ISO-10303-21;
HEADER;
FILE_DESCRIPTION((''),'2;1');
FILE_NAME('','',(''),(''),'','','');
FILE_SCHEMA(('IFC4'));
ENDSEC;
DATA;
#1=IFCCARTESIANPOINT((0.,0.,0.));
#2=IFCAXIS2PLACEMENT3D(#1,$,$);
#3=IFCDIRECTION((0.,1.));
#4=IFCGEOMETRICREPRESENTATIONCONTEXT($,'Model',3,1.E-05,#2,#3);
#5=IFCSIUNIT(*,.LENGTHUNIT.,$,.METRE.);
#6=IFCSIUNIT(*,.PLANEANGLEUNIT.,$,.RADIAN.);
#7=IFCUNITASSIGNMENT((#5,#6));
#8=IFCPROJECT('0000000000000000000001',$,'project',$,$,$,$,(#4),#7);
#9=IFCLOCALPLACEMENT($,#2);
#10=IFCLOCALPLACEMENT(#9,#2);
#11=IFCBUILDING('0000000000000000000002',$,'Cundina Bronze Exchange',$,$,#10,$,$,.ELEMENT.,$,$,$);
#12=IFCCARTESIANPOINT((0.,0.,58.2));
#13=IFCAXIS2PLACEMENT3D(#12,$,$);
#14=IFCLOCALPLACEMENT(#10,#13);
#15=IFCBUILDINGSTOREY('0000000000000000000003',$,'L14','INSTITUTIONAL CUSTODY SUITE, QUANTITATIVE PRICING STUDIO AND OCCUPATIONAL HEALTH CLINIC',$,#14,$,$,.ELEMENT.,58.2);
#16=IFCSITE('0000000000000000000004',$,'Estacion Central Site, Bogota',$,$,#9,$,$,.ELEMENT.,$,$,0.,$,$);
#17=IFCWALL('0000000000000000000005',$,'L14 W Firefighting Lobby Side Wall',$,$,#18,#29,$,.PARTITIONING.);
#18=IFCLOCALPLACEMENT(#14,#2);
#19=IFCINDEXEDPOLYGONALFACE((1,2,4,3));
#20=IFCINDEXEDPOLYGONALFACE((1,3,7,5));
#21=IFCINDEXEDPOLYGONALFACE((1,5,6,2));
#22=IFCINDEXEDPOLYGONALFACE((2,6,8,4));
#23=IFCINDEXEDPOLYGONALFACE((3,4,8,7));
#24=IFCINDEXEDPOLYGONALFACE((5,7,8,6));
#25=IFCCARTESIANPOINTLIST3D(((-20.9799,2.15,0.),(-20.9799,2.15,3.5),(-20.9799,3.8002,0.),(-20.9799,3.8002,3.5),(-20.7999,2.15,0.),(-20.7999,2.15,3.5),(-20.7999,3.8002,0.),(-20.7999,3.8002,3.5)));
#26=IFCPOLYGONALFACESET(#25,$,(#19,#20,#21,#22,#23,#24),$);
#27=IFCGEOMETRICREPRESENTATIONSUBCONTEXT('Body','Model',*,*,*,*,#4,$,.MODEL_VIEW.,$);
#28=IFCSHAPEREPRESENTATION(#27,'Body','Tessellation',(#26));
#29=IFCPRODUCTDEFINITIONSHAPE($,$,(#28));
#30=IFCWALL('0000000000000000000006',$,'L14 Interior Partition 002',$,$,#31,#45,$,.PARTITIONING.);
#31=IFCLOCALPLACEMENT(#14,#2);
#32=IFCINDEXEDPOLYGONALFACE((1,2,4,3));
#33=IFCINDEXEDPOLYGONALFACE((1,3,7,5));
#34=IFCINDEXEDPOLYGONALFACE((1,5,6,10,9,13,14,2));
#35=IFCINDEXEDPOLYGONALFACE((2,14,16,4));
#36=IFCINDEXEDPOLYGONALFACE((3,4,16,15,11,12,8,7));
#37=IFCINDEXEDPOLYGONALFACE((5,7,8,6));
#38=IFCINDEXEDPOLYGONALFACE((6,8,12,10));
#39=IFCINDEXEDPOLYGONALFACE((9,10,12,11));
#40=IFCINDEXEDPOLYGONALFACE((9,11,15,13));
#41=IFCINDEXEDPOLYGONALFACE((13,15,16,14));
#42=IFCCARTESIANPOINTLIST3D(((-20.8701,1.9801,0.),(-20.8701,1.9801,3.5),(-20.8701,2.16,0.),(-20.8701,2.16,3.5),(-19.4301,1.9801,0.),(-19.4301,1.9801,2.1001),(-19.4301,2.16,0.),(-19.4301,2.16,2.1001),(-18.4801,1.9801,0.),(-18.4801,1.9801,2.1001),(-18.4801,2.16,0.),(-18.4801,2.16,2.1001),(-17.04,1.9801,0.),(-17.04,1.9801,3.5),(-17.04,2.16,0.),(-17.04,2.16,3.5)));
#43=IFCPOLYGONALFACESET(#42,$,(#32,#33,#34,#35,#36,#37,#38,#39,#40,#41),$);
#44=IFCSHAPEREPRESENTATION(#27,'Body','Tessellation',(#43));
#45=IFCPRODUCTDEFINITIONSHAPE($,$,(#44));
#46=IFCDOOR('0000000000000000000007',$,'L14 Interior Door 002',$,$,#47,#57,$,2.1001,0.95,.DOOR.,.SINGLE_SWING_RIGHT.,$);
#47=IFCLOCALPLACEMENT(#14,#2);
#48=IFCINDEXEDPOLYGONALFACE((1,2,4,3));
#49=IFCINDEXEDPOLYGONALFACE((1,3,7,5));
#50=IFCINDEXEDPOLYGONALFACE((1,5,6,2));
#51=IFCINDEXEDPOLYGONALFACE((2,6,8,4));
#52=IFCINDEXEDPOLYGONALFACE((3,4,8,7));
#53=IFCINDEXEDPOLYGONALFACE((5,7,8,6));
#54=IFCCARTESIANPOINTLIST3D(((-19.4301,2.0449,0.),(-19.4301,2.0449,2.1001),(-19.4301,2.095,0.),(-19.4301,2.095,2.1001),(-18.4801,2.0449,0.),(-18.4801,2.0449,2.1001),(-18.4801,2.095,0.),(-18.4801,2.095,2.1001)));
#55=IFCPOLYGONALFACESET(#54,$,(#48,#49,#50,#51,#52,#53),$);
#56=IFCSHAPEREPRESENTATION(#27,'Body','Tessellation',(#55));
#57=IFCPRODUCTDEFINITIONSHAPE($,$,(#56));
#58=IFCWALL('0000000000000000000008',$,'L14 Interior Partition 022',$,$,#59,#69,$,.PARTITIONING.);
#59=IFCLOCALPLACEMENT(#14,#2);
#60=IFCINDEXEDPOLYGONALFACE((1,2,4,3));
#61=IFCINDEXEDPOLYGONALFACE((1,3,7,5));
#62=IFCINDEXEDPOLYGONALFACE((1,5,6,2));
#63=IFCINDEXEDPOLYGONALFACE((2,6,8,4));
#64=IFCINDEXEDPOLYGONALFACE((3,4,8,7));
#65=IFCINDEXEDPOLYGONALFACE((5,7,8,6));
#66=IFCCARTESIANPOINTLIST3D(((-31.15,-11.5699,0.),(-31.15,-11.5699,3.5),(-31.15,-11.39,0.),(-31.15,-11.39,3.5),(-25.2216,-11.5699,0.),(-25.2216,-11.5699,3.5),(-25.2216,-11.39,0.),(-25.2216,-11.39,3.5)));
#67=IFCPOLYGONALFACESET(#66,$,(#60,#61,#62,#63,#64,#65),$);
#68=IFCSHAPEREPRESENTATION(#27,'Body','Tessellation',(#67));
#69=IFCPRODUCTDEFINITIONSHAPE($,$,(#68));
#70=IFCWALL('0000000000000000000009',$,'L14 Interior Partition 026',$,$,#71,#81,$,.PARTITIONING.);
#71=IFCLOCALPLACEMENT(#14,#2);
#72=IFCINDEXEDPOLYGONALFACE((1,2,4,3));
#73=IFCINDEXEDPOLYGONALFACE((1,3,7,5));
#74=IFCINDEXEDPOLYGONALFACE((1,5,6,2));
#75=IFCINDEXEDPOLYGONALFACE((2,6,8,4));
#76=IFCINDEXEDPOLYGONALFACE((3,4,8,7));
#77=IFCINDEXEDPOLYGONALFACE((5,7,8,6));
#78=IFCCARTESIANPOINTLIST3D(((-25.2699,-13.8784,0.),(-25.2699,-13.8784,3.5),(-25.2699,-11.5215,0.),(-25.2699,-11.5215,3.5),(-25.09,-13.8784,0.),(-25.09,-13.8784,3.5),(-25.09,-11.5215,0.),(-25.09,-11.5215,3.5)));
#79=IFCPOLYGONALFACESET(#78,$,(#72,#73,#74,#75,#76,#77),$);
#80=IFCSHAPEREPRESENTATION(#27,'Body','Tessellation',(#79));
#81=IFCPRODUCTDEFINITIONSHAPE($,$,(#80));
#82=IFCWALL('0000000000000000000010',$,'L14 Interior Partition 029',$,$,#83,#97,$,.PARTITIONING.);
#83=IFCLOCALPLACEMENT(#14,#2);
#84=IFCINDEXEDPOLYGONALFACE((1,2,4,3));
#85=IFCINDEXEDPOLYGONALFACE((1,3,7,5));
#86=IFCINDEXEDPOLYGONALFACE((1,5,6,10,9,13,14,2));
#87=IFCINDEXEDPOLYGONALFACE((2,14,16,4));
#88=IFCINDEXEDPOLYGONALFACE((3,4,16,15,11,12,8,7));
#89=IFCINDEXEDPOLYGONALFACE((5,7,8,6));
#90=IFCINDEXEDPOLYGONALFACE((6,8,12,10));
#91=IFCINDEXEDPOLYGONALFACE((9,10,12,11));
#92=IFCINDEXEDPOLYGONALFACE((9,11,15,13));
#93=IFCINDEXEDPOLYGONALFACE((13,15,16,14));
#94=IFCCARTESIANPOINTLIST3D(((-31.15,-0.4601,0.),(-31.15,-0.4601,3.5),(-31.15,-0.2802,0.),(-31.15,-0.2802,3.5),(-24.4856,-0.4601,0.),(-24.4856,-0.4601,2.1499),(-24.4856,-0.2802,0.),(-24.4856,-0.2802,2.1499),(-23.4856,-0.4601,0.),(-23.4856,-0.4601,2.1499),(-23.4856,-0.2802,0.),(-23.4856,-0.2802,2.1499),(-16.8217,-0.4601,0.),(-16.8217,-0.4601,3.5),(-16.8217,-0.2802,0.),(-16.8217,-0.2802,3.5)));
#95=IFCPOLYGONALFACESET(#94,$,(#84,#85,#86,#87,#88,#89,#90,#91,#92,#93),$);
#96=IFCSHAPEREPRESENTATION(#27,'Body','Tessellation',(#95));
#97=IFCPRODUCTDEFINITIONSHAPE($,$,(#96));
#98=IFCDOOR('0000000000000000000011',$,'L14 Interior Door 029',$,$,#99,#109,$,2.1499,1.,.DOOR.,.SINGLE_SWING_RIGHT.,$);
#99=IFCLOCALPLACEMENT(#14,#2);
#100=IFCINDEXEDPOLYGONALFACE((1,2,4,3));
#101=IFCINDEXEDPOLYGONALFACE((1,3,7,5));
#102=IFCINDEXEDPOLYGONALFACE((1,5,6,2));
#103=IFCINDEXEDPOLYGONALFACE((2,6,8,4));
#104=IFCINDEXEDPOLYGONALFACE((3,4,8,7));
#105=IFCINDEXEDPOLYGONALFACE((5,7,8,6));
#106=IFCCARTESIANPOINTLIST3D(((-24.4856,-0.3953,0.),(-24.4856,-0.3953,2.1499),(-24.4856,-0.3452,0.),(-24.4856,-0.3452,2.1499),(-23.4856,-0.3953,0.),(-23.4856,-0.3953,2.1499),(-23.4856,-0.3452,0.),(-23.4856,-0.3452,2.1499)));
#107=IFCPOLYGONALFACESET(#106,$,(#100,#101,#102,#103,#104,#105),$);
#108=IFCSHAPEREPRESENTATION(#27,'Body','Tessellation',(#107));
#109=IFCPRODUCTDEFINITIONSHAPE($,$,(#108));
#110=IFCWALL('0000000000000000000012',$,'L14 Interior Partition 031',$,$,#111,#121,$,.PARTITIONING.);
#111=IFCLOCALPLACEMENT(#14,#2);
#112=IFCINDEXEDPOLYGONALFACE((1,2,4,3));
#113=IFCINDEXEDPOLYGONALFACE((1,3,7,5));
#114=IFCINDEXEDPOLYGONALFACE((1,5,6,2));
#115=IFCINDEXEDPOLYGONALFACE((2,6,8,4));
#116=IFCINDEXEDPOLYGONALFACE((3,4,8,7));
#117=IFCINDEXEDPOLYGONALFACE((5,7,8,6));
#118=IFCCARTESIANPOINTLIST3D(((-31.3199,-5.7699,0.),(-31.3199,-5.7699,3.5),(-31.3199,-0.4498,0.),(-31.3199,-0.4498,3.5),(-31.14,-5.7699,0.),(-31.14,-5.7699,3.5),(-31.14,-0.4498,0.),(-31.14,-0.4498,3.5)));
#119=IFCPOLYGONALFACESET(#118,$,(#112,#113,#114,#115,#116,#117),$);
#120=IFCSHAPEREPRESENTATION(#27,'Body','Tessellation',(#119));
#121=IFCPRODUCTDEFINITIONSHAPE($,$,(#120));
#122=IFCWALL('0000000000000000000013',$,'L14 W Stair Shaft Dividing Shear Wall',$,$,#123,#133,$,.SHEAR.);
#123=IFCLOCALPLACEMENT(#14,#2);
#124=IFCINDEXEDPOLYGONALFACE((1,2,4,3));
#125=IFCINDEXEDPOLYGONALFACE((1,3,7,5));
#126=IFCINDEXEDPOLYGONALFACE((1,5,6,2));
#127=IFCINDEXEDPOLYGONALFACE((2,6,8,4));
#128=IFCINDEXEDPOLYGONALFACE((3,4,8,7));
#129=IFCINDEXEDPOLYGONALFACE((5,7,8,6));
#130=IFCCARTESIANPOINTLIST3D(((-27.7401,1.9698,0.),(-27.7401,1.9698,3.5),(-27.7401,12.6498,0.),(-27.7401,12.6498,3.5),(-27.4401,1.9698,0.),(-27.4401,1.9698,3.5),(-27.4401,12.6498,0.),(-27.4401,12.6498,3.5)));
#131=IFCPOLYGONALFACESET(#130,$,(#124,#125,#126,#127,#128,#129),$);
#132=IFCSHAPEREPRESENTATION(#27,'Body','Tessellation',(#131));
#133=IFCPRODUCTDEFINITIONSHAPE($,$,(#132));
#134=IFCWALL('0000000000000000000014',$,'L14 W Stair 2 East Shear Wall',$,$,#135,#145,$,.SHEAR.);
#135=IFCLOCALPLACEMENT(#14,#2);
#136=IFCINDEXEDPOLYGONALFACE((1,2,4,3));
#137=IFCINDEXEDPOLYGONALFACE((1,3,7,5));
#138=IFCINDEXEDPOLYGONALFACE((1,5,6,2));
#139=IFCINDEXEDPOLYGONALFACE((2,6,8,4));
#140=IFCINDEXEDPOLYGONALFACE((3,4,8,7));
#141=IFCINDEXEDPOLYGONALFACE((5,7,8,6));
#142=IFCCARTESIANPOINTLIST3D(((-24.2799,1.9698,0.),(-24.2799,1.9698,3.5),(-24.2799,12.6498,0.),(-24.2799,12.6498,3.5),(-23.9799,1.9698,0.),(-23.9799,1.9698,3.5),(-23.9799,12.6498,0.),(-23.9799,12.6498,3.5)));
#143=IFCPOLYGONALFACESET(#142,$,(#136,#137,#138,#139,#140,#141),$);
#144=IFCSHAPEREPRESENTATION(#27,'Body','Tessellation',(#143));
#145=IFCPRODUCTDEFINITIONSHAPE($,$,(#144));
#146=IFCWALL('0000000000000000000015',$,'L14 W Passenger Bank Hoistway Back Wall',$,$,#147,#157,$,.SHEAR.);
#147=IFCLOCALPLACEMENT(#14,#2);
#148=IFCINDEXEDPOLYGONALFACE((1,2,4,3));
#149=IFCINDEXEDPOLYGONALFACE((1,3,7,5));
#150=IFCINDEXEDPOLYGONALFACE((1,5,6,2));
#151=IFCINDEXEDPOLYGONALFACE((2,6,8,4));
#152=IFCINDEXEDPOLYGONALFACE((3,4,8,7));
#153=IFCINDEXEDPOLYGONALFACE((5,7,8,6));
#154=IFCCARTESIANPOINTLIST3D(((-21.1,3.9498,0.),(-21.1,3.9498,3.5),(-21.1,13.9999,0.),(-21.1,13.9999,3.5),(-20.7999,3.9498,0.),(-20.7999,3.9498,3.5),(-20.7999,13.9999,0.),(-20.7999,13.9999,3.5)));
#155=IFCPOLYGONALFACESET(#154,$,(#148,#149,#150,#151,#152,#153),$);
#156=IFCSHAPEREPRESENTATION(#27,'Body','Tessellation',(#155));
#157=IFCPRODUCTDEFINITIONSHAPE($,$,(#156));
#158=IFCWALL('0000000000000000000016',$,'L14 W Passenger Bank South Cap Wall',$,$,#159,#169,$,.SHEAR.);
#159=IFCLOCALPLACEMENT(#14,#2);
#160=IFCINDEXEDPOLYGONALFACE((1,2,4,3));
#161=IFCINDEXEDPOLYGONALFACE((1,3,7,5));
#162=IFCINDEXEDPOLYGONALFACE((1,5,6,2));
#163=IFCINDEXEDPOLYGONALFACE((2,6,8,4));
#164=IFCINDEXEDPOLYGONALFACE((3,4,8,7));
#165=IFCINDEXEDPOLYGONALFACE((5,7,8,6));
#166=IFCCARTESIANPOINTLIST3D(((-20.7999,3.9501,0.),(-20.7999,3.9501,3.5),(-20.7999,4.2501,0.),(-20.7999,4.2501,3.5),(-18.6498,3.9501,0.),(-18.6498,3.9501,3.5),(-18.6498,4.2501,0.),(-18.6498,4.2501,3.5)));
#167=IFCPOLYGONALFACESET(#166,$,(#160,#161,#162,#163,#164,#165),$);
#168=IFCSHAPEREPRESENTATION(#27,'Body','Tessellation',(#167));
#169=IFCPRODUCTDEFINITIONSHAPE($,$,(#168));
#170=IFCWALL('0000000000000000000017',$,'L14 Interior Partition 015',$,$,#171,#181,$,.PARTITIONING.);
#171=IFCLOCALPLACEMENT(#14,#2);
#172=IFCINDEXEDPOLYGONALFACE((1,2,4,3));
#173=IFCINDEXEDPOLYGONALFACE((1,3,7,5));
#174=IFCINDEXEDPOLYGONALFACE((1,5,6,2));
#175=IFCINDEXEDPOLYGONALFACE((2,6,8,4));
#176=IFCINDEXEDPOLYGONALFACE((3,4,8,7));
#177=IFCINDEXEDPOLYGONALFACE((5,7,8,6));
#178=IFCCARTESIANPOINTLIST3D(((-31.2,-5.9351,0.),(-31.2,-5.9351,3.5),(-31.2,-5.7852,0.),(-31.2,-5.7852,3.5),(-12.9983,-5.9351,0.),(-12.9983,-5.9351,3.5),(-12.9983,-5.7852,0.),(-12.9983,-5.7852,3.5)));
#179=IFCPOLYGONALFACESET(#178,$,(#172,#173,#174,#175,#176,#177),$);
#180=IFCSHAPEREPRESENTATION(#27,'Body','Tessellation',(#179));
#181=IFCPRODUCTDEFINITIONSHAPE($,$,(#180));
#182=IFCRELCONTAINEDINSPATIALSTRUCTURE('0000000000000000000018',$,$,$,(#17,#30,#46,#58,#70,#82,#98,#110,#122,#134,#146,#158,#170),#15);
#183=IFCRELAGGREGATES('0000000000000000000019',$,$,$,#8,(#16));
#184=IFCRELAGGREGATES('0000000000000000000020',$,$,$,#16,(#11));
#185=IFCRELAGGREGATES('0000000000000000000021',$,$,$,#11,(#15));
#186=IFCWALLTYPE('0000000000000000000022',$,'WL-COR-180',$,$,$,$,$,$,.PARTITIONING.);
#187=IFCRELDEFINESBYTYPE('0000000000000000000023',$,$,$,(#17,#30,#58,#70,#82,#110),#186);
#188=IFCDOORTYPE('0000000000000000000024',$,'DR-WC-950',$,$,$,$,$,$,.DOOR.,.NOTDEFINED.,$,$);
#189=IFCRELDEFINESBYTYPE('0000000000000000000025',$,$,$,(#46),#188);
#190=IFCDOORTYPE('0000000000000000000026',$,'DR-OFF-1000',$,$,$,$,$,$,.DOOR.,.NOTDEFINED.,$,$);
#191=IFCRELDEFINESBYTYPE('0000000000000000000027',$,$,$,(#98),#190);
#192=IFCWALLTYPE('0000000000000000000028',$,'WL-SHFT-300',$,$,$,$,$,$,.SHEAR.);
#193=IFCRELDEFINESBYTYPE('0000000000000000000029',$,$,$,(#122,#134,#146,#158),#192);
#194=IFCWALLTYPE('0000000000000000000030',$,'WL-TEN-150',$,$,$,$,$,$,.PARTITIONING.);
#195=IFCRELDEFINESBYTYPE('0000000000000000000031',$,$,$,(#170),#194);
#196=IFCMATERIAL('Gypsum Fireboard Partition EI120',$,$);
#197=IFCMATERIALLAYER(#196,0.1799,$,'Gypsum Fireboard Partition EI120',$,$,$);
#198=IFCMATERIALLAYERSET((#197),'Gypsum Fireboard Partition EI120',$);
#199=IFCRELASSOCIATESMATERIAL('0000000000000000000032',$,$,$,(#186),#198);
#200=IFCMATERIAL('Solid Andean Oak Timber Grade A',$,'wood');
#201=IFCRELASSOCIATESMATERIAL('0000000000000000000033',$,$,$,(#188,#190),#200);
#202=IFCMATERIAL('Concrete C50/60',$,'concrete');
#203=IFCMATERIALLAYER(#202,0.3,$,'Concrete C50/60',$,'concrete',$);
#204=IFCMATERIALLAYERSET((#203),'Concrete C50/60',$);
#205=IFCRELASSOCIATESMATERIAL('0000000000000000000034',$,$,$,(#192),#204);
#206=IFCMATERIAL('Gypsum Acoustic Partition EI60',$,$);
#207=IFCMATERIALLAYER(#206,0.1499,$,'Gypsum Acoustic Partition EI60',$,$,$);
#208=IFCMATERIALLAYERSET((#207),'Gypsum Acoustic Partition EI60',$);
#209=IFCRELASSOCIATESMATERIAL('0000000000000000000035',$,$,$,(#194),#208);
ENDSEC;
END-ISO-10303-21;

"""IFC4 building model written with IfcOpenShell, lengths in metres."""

from ifc_helpers import new_model, si_unit, direction, frame, frame_2d, origin, place, context, subcontext, project, spatial, rectangle, extrude, material, layer, layer_set, type_object, element, fill, save


model = new_model("IFC4")

# Units and contexts
model_context = context("Model", 3, precision=1e-05, world=origin(), true_north=direction((0.0, 1.0)))
body_context = subcontext(model_context, "Body", "Model", "MODEL_VIEW")
ifc_project = project(units=[si_unit("LENGTHUNIT", "METRE"), si_unit("PLANEANGLEUNIT", "RADIAN")], contexts=[model_context])

# Site, building, storey
site_placement = place(None, origin())
site = spatial("IfcSite", under=ifc_project, at=site_placement, Name="Estacion Central Site, Bogota", CompositionType="ELEMENT", RefElevation=0.0)
building_placement = place(site_placement, origin())
building = spatial("IfcBuilding", under=site, at=building_placement, Name="Cundina Bronze Exchange", CompositionType="ELEMENT")
storey_placement = place(building_placement, frame((0.0, 0.0, 58.2)))
storey = spatial("IfcBuildingStorey", under=building, at=storey_placement, Name="L14", Description="INSTITUTIONAL CUSTODY SUITE, QUANTITATIVE PRICING STUDIO AND OCCUPATIONAL HEALTH CLINIC", CompositionType="ELEMENT", Elevation=58.2)

# Wall
ifc_material_1 = material(Name="Gypsum Fireboard Partition EI120")
ifc_layer_1 = layer(ifc_material_1, 0.1799, Name="Gypsum Fireboard Partition EI120")
ifc_layer_set_1 = layer_set([ifc_layer_1], Name="Gypsum Fireboard Partition EI120")
wall_type_1 = type_object("IfcWallType", Name="WL-COR-180", PredefinedType="PARTITIONING", material=ifc_layer_set_1)
wall_1_placement = place(storey_placement, frame((-20.8899, 2.1499, 0.0), z_axis=(0.0, 0.0, 1.0), x_axis=(0.0, 1.0, 0.0)))
element("IfcWall", 1, at=wall_1_placement, inside=storey, type_object=wall_type_1, Name="L14 W Firefighting Lobby Side Wall", PredefinedType="PARTITIONING", context=body_context, shape_type="SweptSolid", body=[
    extrude(rectangle(XDim=1.6501, YDim=0.1799, at=frame_2d((0.8252, 0.0))), origin(), (0.0, 0.0, 1.0), 3.5),
])

# Wall, opening, door
wall_2_placement = place(storey_placement, frame((-20.8701, 2.0701, 0.0), z_axis=(0.0, 0.0, 1.0), x_axis=(1.0, 0.0, 0.0)))
wall_2 = element("IfcWall", 2, at=wall_2_placement, inside=storey, type_object=wall_type_1, Name="L14 Interior Partition 002", PredefinedType="PARTITIONING", context=body_context, shape_type="SweptSolid", body=[
    extrude(rectangle(XDim=3.8301, YDim=0.1799, at=frame_2d((1.915, 0.0))), origin(), (0.0, 0.0, 1.0), 3.5),
])
opening_1_placement = place(wall_2_placement, frame((1.4399, 0.0, 0.0)))
opening_1 = element("IfcOpeningElement", 3, at=opening_1_placement, cuts=wall_2, PredefinedType="OPENING", context=body_context, shape_type="SweptSolid", body=[
    extrude(rectangle(XDim=0.95, YDim=2.1001, at=frame_2d((0.4751, 1.05))), frame((0.0, 0.0999, 0.0), z_axis=(0.0, -1.0, 0.0), x_axis=(1.0, 0.0, 0.0)), (0.0, 0.0, 1.0), 0.2),
])
ifc_material_2 = material(Name="Solid Andean Oak Timber Grade A", Category="wood")
door_type_1 = type_object("IfcDoorType", Name="DR-WC-950", OperationType="NOTDEFINED", PredefinedType="DOOR", material=ifc_material_2)
door_1_placement = place(opening_1_placement, origin())
door_1 = element("IfcDoor", 4, at=door_1_placement, inside=storey, type_object=door_type_1, Name="L14 Interior Door 002", OperationType="SINGLE_SWING_RIGHT", OverallHeight=2.1001, OverallWidth=0.95, PredefinedType="DOOR", context=body_context, shape_type="SweptSolid", body=[
    extrude(rectangle(XDim=0.95, YDim=2.1001, at=frame_2d((0.4751, 1.05))), frame((0.0, 0.0249, 0.0), z_axis=(0.0, -1.0, 0.0), x_axis=(1.0, 0.0, 0.0)), (0.0, 0.0, 1.0), 0.05),
])
fill(opening_1, door_1)

# Walls
wall_3_placement = place(storey_placement, frame((-25.2214, -11.48, 0.0), z_axis=(0.0, 0.0, 1.0), x_axis=(-1.0, 0.0, 0.0)))
element("IfcWall", 5, at=wall_3_placement, inside=storey, type_object=wall_type_1, Name="L14 Interior Partition 022", PredefinedType="PARTITIONING", context=body_context, shape_type="SweptSolid", body=[
    extrude(rectangle(XDim=5.9285, YDim=0.1799, at=frame_2d((2.9644, 0.0))), origin(), (0.0, 0.0, 1.0), 3.5),
])
wall_4_placement = place(storey_placement, frame((-25.1799, -13.8784, 0.0), z_axis=(0.0, 0.0, 1.0), x_axis=(0.0, 1.0, 0.0)))
element("IfcWall", 6, at=wall_4_placement, inside=storey, type_object=wall_type_1, Name="L14 Interior Partition 026", PredefinedType="PARTITIONING", context=body_context, shape_type="SweptSolid", body=[
    extrude(rectangle(XDim=2.3569, YDim=0.1799, at=frame_2d((1.1785, 0.0))), origin(), (0.0, 0.0, 1.0), 3.5),
])

# Wall, opening, door
wall_5_placement = place(storey_placement, frame((-31.1499, -0.3701, 0.0), z_axis=(0.0, 0.0, 1.0), x_axis=(1.0, 0.0, 0.0)))
wall_5 = element("IfcWall", 7, at=wall_5_placement, inside=storey, type_object=wall_type_1, Name="L14 Interior Partition 029", PredefinedType="PARTITIONING", context=body_context, shape_type="SweptSolid", body=[
    extrude(rectangle(XDim=14.3284, YDim=0.1799, at=frame_2d((7.1641, 0.0))), origin(), (0.0, 0.0, 1.0), 3.5),
])
opening_2_placement = place(wall_5_placement, frame((6.6643, 0.0, 0.0)))
opening_2 = element("IfcOpeningElement", 8, at=opening_2_placement, cuts=wall_5, PredefinedType="OPENING", context=body_context, shape_type="SweptSolid", body=[
    extrude(rectangle(XDim=1.0, YDim=2.1499, at=frame_2d((0.5, 1.075))), frame((0.0, 0.0999, 0.0), z_axis=(0.0, -1.0, 0.0), x_axis=(1.0, 0.0, 0.0)), (0.0, 0.0, 1.0), 0.2),
])
door_type_2 = type_object("IfcDoorType", Name="DR-OFF-1000", OperationType="NOTDEFINED", PredefinedType="DOOR", material=ifc_material_2)
door_2_placement = place(opening_2_placement, origin())
door_2 = element("IfcDoor", 9, at=door_2_placement, inside=storey, type_object=door_type_2, Name="L14 Interior Door 029", OperationType="SINGLE_SWING_RIGHT", OverallHeight=2.1499, OverallWidth=1.0, PredefinedType="DOOR", context=body_context, shape_type="SweptSolid", body=[
    extrude(rectangle(XDim=1.0, YDim=2.1499, at=frame_2d((0.5, 1.075))), frame((0.0, 0.0249, 0.0), z_axis=(0.0, -1.0, 0.0), x_axis=(1.0, 0.0, 0.0)), (0.0, 0.0, 1.0), 0.05),
])
fill(opening_2, door_2)

# Walls
wall_6_placement = place(storey_placement, frame((-31.23, -5.77, 0.0), z_axis=(0.0, 0.0, 1.0), x_axis=(0.0, 1.0, 0.0)))
element("IfcWall", 10, at=wall_6_placement, inside=storey, type_object=wall_type_1, Name="L14 Interior Partition 031", PredefinedType="PARTITIONING", context=body_context, shape_type="SweptSolid", body=[
    extrude(rectangle(XDim=5.3201, YDim=0.1799, at=frame_2d((2.6602, 0.0))), origin(), (0.0, 0.0, 1.0), 3.5),
])
ifc_material_3 = material(Name="Concrete C50/60", Category="concrete")
ifc_layer_2 = layer(ifc_material_3, 0.3, Name="Concrete C50/60", Category="concrete")
ifc_layer_set_2 = layer_set([ifc_layer_2], Name="Concrete C50/60")
wall_type_2 = type_object("IfcWallType", Name="WL-SHFT-300", PredefinedType="SHEAR", material=ifc_layer_set_2)
for number, where, z_axis, x_axis, name in (
    (11, (-27.5901, 1.97, 0.0), (0.0, 0.0, 1.0), (0.0, 1.0, 0.0), "L14 W Stair Shaft Dividing Shear Wall"),
    (12, (-24.1299, 1.97, 0.0), (0.0, 0.0, 1.0), (0.0, 1.0, 0.0), "L14 W Stair 2 East Shear Wall"),
):
    element("IfcWall", number, at=place(storey_placement, frame(where, z_axis=z_axis, x_axis=x_axis)), inside=storey, type_object=wall_type_2, Name=name, PredefinedType="SHEAR", context=body_context, shape_type="SweptSolid", body=[
        extrude(rectangle(XDim=10.6799, YDim=0.3, at=frame_2d((5.3398, 0.0))), origin(), (0.0, 0.0, 1.0), 3.5),
    ])
wall_7_placement = place(storey_placement, frame((-20.95, 3.95, 0.0), z_axis=(0.0, 0.0, 1.0), x_axis=(0.0, 1.0, 0.0)))
element("IfcWall", 13, at=wall_7_placement, inside=storey, type_object=wall_type_2, Name="L14 W Passenger Bank Hoistway Back Wall", PredefinedType="SHEAR", context=body_context, shape_type="SweptSolid", body=[
    extrude(rectangle(XDim=10.05, YDim=0.3, at=frame_2d((5.0249, 0.0))), origin(), (0.0, 0.0, 1.0), 3.5),
])
wall_8_placement = place(storey_placement, frame((-20.8, 4.1001, 0.0), z_axis=(0.0, 0.0, 1.0), x_axis=(1.0, 0.0, 0.0)))
element("IfcWall", 14, at=wall_8_placement, inside=storey, type_object=wall_type_2, Name="L14 W Passenger Bank South Cap Wall", PredefinedType="SHEAR", context=body_context, shape_type="SweptSolid", body=[
    extrude(rectangle(XDim=2.1501, YDim=0.3, at=frame_2d((1.0752, 0.0))), origin(), (0.0, 0.0, 1.0), 3.5),
])
ifc_material_4 = material(Name="Gypsum Acoustic Partition EI60")
ifc_layer_3 = layer(ifc_material_4, 0.1499, Name="Gypsum Acoustic Partition EI60")
ifc_layer_set_3 = layer_set([ifc_layer_3], Name="Gypsum Acoustic Partition EI60")
wall_type_3 = type_object("IfcWallType", Name="WL-TEN-150", PredefinedType="PARTITIONING", material=ifc_layer_set_3)
wall_9_placement = place(storey_placement, frame((-31.2, -5.8601, 0.0), z_axis=(0.0, 0.0, 1.0), x_axis=(1.0, 0.0, 0.0)))
element("IfcWall", 15, at=wall_9_placement, inside=storey, type_object=wall_type_3, Name="L14 Interior Partition 015", PredefinedType="PARTITIONING", context=body_context, shape_type="SweptSolid", body=[
    extrude(rectangle(XDim=18.2017, YDim=0.1499, at=frame_2d((9.1008, 0.0))), origin(), (0.0, 0.0, 1.0), 3.5),
])

save(model, "model.ifc")
